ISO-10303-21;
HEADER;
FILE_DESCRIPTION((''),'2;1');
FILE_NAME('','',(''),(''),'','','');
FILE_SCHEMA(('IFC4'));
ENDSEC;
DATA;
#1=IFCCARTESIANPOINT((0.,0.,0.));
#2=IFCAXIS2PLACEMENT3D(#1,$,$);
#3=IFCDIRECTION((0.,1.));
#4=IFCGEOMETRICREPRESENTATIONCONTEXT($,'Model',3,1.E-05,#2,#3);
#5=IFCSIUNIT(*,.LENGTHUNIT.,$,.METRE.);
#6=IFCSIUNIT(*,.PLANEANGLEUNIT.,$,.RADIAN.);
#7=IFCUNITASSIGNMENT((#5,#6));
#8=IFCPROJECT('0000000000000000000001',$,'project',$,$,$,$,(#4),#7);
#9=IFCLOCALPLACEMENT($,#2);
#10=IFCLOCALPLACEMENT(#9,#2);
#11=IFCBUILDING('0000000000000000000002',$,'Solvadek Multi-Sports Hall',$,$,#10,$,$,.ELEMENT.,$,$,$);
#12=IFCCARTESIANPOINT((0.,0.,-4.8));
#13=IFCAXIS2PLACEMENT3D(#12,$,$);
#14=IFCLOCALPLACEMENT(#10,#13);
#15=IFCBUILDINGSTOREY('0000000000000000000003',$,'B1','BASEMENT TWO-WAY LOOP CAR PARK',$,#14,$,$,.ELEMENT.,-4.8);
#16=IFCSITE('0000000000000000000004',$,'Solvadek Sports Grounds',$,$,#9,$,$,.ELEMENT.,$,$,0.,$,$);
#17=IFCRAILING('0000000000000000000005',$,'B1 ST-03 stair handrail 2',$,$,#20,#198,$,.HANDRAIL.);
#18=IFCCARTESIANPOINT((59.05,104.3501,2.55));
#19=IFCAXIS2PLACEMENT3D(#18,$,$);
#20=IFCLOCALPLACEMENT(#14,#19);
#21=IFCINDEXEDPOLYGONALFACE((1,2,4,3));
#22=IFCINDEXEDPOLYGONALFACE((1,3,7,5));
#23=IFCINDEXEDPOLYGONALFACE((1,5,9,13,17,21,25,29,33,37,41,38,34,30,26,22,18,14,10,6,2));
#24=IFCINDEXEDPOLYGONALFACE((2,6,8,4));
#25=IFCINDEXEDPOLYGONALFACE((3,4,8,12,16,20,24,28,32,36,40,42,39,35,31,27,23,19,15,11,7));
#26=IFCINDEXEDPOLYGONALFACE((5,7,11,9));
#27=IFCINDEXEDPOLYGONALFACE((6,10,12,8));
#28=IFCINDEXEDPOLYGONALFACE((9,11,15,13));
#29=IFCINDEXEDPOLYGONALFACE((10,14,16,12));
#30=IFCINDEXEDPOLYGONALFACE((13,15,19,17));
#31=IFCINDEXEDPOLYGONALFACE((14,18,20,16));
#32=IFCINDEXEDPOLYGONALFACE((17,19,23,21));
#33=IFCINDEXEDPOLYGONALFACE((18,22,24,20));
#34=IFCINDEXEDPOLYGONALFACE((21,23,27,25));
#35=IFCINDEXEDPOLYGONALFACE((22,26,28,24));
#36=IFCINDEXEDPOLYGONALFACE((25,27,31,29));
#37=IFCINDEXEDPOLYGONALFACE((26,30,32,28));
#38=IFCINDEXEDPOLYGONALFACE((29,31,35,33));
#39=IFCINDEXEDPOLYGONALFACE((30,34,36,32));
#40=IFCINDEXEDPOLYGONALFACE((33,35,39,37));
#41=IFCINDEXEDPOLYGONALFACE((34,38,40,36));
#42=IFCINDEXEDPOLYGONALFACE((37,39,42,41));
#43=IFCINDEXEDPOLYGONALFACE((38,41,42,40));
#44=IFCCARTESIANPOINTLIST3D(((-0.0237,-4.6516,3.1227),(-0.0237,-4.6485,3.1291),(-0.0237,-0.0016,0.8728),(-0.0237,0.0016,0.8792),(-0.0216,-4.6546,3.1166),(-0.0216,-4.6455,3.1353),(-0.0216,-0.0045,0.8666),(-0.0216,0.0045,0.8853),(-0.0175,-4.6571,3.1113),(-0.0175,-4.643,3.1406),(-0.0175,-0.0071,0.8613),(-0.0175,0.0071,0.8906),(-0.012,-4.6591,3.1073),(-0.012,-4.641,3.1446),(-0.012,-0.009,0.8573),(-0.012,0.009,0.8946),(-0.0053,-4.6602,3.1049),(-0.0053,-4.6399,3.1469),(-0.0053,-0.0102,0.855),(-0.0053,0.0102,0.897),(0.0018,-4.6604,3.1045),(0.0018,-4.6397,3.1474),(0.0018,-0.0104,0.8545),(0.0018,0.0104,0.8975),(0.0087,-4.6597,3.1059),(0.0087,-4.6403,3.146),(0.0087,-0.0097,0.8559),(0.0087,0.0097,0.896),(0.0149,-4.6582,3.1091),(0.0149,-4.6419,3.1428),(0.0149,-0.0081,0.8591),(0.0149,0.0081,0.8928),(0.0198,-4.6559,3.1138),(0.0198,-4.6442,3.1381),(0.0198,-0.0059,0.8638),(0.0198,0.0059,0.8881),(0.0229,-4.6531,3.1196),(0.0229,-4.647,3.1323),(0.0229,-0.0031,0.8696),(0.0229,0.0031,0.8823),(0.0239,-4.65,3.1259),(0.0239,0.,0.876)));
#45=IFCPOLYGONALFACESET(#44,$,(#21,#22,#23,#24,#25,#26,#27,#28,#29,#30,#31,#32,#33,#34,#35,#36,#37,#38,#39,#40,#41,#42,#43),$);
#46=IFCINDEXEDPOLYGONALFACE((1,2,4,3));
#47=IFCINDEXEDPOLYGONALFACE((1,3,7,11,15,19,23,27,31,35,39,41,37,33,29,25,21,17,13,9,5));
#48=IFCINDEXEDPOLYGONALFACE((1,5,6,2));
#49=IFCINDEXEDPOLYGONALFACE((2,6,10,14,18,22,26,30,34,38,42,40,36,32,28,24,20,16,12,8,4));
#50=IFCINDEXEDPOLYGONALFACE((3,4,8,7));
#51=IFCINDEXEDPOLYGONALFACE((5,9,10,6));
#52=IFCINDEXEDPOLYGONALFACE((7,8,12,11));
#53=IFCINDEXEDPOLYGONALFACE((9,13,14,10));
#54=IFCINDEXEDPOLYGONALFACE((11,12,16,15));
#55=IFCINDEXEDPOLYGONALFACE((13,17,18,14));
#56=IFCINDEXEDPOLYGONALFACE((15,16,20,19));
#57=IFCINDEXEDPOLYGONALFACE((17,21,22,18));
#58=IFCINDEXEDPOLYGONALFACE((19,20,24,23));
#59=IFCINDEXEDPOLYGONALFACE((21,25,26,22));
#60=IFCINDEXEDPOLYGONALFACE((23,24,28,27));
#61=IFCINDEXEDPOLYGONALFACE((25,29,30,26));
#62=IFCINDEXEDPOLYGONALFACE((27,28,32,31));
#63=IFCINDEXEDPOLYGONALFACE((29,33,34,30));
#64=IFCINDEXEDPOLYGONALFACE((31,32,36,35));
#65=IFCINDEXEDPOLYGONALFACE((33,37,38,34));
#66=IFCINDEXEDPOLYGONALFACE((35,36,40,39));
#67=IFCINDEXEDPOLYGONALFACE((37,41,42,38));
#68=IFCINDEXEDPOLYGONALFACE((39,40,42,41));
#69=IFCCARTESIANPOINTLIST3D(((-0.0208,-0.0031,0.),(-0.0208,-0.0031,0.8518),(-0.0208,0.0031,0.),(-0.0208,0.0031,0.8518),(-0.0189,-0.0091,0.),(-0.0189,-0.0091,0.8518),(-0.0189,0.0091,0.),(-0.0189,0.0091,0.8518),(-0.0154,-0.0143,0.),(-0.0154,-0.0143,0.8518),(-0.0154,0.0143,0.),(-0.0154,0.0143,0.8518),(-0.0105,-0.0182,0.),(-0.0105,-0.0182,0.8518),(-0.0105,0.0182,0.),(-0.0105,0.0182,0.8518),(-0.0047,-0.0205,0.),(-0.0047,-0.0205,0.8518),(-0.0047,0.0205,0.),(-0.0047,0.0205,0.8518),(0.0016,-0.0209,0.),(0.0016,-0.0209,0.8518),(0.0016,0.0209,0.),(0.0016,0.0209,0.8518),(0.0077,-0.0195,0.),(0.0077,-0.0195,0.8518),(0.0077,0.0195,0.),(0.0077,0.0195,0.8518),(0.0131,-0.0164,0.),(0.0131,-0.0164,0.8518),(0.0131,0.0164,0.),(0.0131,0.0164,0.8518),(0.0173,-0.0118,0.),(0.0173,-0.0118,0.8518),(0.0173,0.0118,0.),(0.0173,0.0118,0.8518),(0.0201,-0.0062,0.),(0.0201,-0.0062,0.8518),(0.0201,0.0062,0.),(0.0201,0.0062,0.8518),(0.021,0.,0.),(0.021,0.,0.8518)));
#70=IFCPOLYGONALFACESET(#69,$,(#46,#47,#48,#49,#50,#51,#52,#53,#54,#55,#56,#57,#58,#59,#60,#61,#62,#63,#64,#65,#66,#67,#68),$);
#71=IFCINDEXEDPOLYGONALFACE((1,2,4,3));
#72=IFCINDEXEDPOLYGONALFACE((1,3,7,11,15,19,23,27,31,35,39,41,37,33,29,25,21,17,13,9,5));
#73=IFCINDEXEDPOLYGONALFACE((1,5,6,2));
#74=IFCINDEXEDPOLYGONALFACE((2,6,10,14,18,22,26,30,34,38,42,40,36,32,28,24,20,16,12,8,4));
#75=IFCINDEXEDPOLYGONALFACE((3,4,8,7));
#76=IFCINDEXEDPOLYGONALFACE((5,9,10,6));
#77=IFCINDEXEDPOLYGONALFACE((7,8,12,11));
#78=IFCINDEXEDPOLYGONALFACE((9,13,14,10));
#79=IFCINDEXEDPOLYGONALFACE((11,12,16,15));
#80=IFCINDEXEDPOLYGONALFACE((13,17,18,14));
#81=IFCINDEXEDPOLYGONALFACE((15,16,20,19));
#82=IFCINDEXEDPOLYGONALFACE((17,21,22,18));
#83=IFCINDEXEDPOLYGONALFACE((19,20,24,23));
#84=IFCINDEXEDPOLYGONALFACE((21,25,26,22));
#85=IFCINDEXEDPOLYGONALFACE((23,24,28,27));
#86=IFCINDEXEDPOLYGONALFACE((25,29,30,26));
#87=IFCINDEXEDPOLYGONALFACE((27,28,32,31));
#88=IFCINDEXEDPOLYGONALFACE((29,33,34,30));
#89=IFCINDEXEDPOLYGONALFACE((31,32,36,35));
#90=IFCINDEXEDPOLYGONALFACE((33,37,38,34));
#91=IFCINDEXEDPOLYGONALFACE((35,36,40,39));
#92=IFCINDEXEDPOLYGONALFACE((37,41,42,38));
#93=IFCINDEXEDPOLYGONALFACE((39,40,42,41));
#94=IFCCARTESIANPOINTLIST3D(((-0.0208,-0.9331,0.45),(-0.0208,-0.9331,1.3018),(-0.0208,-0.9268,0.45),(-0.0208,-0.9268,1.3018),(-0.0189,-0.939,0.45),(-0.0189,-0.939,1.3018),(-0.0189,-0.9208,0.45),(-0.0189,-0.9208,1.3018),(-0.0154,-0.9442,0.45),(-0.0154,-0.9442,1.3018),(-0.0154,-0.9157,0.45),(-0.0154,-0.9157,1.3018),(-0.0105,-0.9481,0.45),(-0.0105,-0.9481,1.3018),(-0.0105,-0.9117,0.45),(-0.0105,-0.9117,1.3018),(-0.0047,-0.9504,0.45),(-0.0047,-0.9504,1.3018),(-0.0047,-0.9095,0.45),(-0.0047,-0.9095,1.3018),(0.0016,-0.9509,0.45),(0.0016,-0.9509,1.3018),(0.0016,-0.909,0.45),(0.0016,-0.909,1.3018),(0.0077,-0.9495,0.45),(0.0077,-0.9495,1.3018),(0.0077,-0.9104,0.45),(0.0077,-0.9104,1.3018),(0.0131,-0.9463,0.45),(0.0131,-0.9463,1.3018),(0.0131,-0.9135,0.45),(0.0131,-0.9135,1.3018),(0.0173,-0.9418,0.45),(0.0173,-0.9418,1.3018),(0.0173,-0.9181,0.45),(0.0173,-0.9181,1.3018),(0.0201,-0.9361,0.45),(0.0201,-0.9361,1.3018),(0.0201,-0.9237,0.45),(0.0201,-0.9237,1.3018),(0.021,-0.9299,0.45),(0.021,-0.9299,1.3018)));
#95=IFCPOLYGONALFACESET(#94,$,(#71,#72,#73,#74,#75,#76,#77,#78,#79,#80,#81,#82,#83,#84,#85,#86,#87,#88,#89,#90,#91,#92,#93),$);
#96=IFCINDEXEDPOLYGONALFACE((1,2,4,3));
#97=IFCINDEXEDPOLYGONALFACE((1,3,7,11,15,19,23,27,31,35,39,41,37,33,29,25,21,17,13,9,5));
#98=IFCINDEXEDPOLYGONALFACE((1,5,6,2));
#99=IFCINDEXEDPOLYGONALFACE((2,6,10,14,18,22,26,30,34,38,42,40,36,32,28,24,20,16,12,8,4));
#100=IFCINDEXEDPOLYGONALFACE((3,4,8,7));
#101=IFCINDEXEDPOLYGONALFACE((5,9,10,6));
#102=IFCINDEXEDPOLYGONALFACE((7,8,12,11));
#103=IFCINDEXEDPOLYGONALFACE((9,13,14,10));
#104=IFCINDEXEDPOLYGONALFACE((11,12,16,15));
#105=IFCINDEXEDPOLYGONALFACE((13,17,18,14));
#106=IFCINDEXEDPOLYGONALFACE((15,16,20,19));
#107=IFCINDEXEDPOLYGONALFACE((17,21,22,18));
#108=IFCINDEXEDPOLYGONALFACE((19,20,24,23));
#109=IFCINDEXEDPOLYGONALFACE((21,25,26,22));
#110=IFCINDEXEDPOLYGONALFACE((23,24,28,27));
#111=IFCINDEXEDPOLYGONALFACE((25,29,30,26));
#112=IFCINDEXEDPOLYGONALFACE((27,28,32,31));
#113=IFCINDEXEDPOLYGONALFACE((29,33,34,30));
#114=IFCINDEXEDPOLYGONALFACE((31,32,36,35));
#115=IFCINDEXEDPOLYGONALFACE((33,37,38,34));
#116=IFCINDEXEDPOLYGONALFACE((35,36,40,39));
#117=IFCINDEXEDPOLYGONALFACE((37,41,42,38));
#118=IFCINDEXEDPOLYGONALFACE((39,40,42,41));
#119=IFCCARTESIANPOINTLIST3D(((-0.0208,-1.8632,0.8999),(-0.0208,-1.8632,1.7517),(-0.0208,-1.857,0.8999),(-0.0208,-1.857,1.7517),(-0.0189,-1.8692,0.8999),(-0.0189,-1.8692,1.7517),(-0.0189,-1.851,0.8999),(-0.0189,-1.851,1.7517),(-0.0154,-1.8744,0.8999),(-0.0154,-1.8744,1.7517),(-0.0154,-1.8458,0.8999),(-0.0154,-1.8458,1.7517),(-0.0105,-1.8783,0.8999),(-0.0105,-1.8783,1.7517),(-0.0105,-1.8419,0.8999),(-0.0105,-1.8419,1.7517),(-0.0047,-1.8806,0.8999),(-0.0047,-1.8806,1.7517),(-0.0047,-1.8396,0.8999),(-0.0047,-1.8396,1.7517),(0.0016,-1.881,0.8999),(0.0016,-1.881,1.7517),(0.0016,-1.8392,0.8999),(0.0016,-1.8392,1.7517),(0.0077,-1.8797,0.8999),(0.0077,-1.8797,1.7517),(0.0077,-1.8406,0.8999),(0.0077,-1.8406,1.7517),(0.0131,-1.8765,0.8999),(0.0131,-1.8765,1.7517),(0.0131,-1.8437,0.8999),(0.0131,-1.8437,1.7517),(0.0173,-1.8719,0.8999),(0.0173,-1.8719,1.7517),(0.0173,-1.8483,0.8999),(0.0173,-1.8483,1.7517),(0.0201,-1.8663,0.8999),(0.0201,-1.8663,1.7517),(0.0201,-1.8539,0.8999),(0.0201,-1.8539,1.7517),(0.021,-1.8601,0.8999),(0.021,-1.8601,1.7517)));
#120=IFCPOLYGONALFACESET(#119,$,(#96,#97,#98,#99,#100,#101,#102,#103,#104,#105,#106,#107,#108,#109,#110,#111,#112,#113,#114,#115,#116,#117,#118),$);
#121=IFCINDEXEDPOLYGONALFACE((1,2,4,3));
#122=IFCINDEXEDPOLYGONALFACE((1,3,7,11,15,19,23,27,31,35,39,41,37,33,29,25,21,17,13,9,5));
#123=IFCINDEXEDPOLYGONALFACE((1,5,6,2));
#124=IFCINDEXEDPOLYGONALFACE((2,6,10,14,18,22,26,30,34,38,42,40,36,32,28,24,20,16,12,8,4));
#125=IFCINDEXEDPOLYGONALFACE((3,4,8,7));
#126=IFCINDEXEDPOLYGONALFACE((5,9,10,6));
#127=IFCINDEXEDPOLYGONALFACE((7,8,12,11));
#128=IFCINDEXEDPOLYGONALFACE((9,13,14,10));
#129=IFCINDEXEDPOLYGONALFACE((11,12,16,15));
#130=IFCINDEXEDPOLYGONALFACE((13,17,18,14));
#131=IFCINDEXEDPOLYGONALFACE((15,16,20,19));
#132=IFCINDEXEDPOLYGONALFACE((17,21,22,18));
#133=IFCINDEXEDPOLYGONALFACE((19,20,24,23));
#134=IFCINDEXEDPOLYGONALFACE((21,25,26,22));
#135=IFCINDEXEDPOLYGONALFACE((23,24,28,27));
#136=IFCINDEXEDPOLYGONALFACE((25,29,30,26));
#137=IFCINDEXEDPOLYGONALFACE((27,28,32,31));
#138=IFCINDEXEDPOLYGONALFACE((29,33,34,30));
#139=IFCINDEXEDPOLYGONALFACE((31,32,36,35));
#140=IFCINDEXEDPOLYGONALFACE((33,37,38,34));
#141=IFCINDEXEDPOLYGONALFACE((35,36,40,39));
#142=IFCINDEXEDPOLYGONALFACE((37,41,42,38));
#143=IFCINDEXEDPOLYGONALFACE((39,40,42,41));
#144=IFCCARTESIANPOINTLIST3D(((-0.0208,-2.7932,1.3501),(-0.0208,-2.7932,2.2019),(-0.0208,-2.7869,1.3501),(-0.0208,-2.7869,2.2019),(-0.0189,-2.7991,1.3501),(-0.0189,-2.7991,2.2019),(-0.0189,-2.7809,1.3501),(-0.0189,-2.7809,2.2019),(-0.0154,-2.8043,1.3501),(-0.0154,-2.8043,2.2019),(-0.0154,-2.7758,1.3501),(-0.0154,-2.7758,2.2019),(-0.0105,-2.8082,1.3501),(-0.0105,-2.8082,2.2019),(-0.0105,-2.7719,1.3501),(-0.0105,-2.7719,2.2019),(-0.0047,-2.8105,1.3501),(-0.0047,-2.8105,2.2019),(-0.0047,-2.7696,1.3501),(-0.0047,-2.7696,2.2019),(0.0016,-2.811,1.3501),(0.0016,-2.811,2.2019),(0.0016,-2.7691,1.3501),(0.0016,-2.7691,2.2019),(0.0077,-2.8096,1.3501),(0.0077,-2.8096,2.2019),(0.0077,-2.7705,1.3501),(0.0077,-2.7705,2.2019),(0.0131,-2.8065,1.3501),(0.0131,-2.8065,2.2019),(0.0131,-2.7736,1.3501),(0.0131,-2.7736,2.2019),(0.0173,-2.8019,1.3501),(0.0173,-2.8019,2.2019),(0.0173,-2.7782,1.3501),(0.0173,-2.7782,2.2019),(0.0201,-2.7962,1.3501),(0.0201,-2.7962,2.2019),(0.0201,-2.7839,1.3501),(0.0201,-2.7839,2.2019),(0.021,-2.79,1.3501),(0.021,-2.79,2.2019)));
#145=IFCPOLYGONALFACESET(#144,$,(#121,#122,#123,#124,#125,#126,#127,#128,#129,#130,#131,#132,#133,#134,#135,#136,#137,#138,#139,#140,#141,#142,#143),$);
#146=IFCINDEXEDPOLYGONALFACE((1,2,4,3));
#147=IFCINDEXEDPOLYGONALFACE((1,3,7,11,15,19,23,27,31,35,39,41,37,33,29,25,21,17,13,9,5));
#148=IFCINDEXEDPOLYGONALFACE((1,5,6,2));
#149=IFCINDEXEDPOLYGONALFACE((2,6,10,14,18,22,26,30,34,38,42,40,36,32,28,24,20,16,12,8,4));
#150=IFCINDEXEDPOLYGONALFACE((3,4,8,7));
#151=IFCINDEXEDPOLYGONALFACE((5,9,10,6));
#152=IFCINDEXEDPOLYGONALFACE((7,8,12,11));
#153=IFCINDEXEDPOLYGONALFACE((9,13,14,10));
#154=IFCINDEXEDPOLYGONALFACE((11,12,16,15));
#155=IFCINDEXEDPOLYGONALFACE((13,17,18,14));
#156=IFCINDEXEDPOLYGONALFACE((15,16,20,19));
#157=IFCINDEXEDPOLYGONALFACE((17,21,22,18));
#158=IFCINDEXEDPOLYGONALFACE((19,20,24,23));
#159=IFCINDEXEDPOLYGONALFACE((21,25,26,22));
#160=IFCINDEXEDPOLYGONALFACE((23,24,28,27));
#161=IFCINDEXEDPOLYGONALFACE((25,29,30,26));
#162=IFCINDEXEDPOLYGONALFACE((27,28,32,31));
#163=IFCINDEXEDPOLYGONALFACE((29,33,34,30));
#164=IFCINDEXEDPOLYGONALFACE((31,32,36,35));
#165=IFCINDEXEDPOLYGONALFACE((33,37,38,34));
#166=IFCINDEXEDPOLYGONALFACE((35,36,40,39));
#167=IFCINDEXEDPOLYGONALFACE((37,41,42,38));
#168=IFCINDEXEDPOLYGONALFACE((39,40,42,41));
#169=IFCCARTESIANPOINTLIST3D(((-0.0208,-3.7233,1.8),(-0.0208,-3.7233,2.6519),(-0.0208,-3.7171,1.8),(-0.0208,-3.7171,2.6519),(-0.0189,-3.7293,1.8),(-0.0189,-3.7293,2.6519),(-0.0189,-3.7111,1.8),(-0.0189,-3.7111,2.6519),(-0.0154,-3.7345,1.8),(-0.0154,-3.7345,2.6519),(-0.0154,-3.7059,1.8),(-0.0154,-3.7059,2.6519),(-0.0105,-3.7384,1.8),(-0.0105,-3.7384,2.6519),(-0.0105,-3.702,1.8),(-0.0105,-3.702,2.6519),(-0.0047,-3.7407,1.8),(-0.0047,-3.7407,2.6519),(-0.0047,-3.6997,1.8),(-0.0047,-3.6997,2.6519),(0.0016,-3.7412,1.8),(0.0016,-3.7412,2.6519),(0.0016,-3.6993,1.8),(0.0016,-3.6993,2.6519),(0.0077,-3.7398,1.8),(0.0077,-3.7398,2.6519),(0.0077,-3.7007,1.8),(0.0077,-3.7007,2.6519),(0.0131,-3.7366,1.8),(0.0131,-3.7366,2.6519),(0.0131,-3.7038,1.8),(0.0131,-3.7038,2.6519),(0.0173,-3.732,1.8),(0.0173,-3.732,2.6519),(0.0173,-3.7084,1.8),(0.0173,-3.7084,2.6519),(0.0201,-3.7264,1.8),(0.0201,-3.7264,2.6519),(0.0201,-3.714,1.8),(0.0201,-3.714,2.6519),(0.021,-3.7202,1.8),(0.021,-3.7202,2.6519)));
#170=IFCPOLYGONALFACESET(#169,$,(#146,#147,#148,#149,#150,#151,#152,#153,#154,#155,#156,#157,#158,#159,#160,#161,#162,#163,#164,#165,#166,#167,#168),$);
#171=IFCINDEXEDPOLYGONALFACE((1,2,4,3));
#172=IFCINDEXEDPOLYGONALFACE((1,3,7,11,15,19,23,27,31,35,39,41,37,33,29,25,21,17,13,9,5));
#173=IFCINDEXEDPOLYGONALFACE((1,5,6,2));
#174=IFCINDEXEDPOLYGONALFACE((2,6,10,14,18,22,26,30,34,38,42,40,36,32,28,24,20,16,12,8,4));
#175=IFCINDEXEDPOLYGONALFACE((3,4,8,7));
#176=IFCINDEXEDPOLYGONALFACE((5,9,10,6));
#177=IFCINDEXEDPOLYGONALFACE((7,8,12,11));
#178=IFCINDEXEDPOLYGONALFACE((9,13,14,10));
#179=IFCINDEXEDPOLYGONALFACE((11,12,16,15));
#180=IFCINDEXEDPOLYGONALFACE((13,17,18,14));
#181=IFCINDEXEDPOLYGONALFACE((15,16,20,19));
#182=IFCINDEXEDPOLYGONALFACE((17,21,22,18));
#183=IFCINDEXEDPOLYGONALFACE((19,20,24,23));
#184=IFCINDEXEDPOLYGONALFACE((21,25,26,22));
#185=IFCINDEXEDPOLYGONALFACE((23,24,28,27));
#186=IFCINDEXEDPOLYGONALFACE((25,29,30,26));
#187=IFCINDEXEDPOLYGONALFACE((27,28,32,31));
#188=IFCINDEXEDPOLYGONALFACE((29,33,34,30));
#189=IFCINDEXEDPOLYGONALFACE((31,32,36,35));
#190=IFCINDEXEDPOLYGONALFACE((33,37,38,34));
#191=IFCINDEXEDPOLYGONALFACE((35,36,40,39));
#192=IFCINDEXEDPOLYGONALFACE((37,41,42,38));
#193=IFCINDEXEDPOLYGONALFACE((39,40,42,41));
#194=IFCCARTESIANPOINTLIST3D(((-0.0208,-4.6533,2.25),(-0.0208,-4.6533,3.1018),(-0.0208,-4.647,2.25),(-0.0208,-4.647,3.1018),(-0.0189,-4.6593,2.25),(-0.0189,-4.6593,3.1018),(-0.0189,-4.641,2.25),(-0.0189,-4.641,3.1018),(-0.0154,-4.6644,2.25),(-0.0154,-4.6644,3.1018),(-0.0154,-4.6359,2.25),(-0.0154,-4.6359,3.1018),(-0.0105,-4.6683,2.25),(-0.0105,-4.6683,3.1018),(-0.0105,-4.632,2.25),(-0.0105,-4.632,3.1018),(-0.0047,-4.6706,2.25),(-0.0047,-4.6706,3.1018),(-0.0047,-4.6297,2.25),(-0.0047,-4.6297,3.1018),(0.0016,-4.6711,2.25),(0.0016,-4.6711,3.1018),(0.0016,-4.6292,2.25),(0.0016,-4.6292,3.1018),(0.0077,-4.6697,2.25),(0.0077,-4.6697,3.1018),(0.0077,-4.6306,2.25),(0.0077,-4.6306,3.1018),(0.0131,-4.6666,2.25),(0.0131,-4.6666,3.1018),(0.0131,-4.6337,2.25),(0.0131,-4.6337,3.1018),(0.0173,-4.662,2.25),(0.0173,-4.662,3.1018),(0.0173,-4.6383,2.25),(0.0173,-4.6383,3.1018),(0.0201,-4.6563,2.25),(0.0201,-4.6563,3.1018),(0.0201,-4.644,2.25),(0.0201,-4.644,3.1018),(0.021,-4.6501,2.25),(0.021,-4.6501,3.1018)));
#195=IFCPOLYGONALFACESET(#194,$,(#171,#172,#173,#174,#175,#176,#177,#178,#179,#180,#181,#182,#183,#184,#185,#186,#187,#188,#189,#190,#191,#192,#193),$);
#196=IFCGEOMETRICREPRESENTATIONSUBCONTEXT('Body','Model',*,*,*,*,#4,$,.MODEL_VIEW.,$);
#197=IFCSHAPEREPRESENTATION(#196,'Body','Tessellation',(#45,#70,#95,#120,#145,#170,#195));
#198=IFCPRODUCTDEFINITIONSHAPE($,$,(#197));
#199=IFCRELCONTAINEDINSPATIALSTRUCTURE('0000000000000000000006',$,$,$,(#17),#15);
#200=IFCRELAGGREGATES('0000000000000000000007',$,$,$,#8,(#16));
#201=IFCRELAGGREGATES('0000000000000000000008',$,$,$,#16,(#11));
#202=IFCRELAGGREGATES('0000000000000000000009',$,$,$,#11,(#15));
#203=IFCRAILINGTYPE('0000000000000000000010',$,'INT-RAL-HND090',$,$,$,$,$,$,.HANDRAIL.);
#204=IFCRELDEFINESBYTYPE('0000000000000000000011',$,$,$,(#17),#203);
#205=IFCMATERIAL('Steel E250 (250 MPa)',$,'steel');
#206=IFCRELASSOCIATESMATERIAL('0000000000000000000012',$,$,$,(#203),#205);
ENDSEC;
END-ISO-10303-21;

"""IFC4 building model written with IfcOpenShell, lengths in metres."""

from ifc_helpers import new_model, si_unit, direction, frame, origin, origin_2d, place, context, subcontext, project, spatial, circle, extrude, material, type_object, element, save


model = new_model("IFC4")

# Units and contexts
model_context = context("Model", 3, precision=1e-05, world=origin(), true_north=direction((0.0, 1.0)))
body_context = subcontext(model_context, "Body", "Model", "MODEL_VIEW")
ifc_project = project(units=[si_unit("LENGTHUNIT", "METRE"), si_unit("PLANEANGLEUNIT", "RADIAN")], contexts=[model_context])

# Site, building, storey
site_placement = place(None, origin())
site = spatial("IfcSite", under=ifc_project, at=site_placement, Name="Solvadek Sports Grounds", CompositionType="ELEMENT", RefElevation=0.0)
building_placement = place(site_placement, origin())
building = spatial("IfcBuilding", under=site, at=building_placement, Name="Solvadek Multi-Sports Hall", CompositionType="ELEMENT")
storey_placement = place(building_placement, frame((0.0, 0.0, -4.8)))
storey = spatial("IfcBuildingStorey", under=building, at=storey_placement, Name="B1", Description="BASEMENT TWO-WAY LOOP CAR PARK", CompositionType="ELEMENT", Elevation=-4.8)

# Railing
ifc_material_1 = material(Name="Steel E250 (250 MPa)", Category="steel")
railing_type_1 = type_object("IfcRailingType", Name="INT-RAL-HND090", PredefinedType="HANDRAIL", material=ifc_material_1)
railing_1_placement = place(storey_placement, frame((59.05, 104.3501, 2.55)))
element("IfcRailing", 1, at=railing_1_placement, inside=storey, type_object=railing_type_1, Name="B1 ST-03 stair handrail 2", PredefinedType="HANDRAIL", context=body_context, shape_type="SweptSolid", body=[
    extrude(circle(Radius=0.0239, at=origin_2d()), frame((0.0, 0.0, 0.876), z_axis=(0.0, -0.900165, 0.43555), x_axis=(1.0, 0.0, 0.0)), (0.0, 0.0, 1.0), 5.1658),
    extrude(circle(Radius=0.021, at=origin_2d()), origin(), (0.0, 0.0, 1.0), 0.8518),
    extrude(circle(Radius=0.021, at=origin_2d()), frame((0.0, -0.9299, 0.45)), (0.0, 0.0, 1.0), 0.8518),
    extrude(circle(Radius=0.021, at=origin_2d()), frame((0.0, -1.8601, 0.8999)), (0.0, 0.0, 1.0), 0.8518),
    extrude(circle(Radius=0.021, at=origin_2d()), frame((0.0, -2.79, 1.3501)), (0.0, 0.0, 1.0), 0.8518),
    extrude(circle(Radius=0.021, at=origin_2d()), frame((0.0, -3.7202, 1.8)), (0.0, 0.0, 1.0), 0.8518),
    extrude(circle(Radius=0.021, at=origin_2d()), frame((0.0, -4.6501, 2.25)), (0.0, 0.0, 1.0), 0.8518),
])

save(model, "model.ifc")
